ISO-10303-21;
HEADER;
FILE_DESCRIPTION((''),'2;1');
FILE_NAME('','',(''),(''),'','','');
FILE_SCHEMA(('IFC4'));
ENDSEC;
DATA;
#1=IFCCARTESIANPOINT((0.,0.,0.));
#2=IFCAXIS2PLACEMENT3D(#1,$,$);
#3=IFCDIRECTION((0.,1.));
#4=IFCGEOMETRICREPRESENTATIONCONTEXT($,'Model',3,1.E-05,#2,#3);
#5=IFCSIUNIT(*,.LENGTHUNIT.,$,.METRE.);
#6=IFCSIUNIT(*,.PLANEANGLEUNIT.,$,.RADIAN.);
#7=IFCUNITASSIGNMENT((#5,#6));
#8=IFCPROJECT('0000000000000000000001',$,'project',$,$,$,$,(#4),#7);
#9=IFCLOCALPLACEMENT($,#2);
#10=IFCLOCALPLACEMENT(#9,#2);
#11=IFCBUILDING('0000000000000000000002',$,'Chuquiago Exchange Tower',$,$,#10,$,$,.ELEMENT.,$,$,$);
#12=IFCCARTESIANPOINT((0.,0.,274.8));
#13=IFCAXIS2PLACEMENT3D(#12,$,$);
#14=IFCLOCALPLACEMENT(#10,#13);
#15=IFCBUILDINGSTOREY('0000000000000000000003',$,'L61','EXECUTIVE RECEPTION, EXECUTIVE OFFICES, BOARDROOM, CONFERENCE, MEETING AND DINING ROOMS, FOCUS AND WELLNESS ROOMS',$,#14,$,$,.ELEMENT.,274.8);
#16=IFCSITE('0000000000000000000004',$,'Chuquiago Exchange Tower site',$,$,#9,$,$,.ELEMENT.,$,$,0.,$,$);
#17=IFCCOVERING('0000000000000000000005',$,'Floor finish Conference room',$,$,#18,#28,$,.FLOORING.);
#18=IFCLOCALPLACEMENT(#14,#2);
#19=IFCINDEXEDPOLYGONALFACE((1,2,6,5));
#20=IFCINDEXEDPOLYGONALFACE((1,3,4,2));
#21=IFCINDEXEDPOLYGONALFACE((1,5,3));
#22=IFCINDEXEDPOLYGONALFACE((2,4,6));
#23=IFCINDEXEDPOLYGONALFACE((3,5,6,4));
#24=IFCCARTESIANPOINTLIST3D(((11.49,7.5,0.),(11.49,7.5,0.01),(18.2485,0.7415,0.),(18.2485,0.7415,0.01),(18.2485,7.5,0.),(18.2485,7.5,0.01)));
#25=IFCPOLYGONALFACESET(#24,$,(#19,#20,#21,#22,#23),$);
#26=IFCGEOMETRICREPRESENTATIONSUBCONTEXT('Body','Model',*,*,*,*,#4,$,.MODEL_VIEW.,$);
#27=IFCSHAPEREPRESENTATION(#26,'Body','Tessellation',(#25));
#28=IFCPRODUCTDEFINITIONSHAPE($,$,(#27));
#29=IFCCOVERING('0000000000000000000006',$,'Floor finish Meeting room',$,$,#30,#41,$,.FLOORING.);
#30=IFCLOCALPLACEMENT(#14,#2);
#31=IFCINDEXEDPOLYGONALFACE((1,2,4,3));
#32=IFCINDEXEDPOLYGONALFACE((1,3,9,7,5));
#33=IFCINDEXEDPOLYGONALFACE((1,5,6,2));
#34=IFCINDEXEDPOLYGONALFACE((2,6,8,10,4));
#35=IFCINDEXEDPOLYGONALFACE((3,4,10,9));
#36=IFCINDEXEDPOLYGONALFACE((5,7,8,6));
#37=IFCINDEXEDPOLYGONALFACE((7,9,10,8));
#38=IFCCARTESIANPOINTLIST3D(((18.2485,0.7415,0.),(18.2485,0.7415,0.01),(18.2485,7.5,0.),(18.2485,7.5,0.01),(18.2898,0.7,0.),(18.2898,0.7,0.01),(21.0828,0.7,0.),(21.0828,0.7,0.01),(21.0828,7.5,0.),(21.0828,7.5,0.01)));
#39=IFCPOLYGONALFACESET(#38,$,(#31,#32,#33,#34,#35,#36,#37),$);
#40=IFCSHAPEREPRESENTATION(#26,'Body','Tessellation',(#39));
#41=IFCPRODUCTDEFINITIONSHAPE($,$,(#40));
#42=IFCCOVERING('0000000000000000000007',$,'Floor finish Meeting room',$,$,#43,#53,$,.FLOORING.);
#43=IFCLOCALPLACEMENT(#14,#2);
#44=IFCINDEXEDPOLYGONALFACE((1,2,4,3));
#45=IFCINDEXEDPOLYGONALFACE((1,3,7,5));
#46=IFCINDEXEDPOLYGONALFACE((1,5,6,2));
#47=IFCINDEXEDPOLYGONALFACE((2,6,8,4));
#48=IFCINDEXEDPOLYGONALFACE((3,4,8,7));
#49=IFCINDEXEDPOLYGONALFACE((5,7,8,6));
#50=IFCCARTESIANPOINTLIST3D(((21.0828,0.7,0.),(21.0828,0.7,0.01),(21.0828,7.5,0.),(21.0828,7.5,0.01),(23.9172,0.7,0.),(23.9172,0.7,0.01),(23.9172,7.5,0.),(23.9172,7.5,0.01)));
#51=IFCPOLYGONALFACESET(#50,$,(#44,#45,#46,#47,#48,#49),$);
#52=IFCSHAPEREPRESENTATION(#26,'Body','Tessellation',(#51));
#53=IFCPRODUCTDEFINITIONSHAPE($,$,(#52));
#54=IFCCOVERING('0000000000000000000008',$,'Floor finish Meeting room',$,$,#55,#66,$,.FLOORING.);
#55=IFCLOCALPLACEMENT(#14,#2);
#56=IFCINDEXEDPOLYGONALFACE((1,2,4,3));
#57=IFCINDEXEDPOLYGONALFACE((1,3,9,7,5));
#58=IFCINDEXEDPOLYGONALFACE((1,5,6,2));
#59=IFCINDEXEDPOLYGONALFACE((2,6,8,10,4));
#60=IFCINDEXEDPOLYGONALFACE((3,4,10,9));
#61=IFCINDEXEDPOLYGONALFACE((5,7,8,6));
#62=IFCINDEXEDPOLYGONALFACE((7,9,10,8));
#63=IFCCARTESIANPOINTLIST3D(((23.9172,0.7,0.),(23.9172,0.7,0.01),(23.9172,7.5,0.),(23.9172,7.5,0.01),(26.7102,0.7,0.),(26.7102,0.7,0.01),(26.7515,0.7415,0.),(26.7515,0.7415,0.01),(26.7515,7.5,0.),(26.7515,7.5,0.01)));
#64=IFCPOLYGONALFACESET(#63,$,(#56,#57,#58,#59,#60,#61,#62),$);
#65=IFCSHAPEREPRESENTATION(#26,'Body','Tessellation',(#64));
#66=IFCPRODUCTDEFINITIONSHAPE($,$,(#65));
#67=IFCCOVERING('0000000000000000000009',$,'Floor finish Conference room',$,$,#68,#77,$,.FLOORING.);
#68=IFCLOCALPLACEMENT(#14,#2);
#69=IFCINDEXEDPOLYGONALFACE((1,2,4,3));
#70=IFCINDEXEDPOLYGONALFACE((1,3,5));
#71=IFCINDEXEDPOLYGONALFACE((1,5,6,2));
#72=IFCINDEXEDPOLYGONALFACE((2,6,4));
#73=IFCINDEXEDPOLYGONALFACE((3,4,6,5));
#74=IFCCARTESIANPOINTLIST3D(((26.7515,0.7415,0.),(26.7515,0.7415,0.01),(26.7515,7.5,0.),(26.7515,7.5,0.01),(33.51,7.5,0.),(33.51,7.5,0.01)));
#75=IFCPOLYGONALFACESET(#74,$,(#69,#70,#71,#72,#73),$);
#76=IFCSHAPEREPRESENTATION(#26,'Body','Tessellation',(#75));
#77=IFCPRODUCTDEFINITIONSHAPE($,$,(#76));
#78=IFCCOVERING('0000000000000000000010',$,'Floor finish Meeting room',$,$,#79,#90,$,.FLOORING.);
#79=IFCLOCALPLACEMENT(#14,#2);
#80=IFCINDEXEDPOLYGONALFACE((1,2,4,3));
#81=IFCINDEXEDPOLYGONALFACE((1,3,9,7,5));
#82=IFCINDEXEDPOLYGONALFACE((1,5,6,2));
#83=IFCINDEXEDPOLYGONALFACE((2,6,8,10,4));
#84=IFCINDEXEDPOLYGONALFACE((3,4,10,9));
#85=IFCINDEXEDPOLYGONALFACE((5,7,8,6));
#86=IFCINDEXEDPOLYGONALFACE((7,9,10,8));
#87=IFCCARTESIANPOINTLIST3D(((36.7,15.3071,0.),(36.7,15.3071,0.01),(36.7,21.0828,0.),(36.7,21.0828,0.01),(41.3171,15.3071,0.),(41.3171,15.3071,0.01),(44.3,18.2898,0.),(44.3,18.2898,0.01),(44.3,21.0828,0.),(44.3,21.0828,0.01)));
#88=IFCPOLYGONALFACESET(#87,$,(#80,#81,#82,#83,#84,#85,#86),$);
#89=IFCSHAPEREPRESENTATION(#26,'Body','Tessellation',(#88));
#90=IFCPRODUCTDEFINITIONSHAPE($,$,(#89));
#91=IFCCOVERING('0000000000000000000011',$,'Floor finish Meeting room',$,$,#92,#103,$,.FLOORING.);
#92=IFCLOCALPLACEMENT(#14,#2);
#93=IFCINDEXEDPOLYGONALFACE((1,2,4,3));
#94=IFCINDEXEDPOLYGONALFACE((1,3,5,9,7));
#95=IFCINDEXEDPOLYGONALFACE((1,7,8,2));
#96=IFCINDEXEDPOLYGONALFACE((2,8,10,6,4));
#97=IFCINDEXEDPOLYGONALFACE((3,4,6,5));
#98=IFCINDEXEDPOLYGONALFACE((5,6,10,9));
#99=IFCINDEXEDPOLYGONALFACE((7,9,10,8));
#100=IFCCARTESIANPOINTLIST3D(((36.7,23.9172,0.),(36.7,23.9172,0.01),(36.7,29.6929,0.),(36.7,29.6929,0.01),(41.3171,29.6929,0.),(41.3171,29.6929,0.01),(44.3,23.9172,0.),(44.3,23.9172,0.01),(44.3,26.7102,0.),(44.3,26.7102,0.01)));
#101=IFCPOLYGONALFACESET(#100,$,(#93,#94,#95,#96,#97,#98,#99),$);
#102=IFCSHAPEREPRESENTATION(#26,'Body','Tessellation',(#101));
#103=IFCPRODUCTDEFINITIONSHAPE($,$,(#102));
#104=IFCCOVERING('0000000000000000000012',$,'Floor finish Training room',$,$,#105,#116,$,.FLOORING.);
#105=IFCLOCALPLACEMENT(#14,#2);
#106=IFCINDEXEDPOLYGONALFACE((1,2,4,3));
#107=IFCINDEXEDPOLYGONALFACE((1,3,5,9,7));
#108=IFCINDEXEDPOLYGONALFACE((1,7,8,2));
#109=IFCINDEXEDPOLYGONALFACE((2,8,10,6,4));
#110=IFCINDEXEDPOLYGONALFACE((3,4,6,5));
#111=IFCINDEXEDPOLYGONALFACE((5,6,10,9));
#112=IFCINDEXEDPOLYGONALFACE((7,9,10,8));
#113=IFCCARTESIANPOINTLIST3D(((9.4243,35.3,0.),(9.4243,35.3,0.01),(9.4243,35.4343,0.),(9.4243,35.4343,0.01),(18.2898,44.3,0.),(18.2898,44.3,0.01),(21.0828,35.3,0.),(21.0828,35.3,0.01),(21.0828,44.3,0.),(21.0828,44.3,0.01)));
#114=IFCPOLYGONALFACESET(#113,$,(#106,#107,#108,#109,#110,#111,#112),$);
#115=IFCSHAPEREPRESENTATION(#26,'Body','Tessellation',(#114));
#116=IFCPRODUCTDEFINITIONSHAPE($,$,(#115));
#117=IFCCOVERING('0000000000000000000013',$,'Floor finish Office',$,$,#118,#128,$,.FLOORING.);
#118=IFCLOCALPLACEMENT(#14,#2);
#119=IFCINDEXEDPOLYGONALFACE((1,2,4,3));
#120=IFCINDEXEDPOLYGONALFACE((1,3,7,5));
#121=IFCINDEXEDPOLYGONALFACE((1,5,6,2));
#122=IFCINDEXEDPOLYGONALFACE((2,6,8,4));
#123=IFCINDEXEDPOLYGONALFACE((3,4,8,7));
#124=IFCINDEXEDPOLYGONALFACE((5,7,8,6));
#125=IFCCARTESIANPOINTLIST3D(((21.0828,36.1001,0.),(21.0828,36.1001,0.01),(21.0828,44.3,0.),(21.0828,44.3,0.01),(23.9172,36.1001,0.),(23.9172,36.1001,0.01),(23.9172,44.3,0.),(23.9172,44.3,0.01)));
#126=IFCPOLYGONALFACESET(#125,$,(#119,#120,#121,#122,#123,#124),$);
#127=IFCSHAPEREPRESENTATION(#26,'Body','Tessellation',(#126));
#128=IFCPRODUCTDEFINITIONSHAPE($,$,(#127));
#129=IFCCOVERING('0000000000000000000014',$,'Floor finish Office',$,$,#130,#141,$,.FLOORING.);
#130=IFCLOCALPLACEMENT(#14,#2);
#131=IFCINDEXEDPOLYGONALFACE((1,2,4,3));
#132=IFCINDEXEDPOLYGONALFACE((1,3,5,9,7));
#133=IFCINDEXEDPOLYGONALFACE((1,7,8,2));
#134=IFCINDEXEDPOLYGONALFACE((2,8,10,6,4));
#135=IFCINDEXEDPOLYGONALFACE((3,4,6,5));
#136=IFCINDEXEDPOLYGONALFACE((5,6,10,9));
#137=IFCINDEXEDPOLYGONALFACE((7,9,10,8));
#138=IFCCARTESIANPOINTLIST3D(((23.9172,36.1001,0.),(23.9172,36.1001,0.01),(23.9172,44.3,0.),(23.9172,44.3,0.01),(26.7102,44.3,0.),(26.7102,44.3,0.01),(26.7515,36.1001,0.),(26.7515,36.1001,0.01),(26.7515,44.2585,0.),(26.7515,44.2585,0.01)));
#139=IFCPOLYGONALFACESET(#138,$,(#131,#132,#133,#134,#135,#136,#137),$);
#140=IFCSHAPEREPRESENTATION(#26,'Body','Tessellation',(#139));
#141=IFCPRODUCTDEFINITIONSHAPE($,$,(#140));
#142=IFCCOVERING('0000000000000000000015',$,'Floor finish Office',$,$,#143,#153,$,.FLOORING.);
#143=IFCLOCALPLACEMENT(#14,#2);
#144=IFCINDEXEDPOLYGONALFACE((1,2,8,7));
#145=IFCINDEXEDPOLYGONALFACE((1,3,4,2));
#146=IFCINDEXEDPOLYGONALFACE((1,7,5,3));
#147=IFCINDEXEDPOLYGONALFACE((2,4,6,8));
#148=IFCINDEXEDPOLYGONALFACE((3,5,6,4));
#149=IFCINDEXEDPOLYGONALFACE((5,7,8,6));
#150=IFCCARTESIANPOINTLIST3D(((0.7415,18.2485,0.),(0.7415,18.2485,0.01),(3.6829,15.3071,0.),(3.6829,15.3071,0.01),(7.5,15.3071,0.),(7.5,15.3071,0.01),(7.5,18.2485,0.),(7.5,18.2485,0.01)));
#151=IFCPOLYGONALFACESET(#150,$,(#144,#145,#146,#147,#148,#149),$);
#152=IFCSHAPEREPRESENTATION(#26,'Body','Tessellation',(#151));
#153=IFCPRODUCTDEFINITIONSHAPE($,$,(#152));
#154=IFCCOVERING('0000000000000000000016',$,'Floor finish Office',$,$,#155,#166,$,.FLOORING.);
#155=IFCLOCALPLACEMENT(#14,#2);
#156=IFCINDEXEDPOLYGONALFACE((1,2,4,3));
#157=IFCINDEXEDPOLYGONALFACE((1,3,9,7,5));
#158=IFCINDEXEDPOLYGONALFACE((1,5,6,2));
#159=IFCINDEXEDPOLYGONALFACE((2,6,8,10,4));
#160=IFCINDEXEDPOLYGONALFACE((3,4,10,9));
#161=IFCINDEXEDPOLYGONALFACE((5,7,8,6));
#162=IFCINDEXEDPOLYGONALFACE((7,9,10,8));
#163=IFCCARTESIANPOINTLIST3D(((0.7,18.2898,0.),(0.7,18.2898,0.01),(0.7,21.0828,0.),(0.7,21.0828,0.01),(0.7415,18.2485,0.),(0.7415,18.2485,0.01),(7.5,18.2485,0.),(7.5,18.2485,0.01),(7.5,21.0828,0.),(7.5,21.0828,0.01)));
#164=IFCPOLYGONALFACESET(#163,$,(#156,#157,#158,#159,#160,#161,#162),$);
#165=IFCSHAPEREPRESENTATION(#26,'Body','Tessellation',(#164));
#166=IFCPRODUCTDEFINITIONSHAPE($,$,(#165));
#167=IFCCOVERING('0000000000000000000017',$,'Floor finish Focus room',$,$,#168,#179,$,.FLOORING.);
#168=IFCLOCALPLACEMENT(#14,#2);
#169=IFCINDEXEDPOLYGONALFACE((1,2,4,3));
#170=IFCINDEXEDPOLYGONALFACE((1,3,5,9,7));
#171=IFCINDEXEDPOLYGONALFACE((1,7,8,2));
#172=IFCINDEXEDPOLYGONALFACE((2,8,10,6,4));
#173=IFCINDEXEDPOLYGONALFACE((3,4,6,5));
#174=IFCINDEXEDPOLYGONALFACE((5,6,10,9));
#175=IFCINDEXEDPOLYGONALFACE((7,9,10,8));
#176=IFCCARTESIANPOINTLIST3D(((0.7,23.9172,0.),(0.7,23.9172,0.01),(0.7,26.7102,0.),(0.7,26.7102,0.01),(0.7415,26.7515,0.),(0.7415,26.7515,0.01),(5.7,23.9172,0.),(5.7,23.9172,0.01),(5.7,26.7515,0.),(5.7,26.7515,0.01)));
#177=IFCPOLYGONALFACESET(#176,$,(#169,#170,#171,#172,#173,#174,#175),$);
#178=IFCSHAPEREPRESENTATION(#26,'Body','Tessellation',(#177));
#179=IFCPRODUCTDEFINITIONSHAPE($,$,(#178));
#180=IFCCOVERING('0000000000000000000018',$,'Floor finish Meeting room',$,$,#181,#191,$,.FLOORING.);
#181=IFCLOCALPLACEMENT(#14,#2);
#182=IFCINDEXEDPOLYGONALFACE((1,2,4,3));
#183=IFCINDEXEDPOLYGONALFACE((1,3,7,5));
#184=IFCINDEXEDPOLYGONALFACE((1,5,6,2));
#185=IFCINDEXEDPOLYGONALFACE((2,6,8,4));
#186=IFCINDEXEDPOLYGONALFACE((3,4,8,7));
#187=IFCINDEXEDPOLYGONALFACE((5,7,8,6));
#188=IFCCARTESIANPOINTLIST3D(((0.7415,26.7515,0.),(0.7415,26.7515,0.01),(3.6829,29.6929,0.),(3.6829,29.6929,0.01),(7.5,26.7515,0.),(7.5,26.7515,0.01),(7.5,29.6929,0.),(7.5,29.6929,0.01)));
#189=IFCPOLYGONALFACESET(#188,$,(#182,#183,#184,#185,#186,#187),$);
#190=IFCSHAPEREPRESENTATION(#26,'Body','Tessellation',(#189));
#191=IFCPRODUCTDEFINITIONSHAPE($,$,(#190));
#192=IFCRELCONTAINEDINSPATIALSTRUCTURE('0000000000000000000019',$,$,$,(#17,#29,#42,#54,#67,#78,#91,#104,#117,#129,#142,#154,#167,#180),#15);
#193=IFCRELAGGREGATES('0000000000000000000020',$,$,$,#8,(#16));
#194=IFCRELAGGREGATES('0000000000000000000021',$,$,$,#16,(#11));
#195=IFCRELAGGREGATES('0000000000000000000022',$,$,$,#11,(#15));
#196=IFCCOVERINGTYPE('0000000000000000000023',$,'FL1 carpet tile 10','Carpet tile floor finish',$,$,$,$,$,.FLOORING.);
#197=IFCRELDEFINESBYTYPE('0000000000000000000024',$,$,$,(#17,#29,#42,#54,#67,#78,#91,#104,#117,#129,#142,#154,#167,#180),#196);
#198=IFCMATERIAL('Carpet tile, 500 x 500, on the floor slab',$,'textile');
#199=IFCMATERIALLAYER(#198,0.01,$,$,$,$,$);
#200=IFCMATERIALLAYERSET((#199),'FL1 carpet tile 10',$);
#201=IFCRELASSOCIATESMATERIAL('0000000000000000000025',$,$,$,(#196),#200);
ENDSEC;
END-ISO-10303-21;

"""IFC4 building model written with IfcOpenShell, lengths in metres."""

from ifc_helpers import new_model, si_unit, direction, frame, origin, place, context, subcontext, project, spatial, polyline, outline, extrude, material, layer, layer_set, type_object, element, save


model = new_model("IFC4")

# Units and contexts
model_context = context("Model", 3, precision=1e-05, world=origin(), true_north=direction((0.0, 1.0)))
body_context = subcontext(model_context, "Body", "Model", "MODEL_VIEW")
ifc_project = project(units=[si_unit("LENGTHUNIT", "METRE"), si_unit("PLANEANGLEUNIT", "RADIAN")], contexts=[model_context])

# Site, building, storey
site_placement = place(None, origin())
site = spatial("IfcSite", under=ifc_project, at=site_placement, Name="Chuquiago Exchange Tower site", CompositionType="ELEMENT", RefElevation=0.0)
building_placement = place(site_placement, origin())
building = spatial("IfcBuilding", under=site, at=building_placement, Name="Chuquiago Exchange Tower", CompositionType="ELEMENT")
storey_placement = place(building_placement, frame((0.0, 0.0, 274.8)))
storey = spatial("IfcBuildingStorey", under=building, at=storey_placement, Name="L61", Description="EXECUTIVE RECEPTION, EXECUTIVE OFFICES, BOARDROOM, CONFERENCE, MEETING AND DINING ROOMS, FOCUS AND WELLNESS ROOMS", CompositionType="ELEMENT", Elevation=274.8)

# Coverings
ifc_material_1 = material(Name="Carpet tile, 500 x 500, on the floor slab", Category="textile")
ifc_layer_1 = layer(ifc_material_1, 0.01)
ifc_layer_set_1 = layer_set([ifc_layer_1], Name="FL1 carpet tile 10")
covering_type_1 = type_object("IfcCoveringType", Name="FL1 carpet tile 10", Description="Carpet tile floor finish", PredefinedType="FLOORING", material=ifc_layer_set_1)
covering_1_placement = place(storey_placement, origin())
element("IfcCovering", 1, at=covering_1_placement, inside=storey, type_object=covering_type_1, Name="Floor finish Conference room", PredefinedType="FLOORING", context=body_context, shape_type="SweptSolid", body=[
    extrude(outline(polyline([(11.49, 7.5), (18.2485, 7.5), (18.2485, 0.7415), (11.49, 7.5)])), origin(), (0.0, 0.0, 1.0), 0.01),
])
covering_2_placement = place(storey_placement, origin())
element("IfcCovering", 2, at=covering_2_placement, inside=storey, type_object=covering_type_1, Name="Floor finish Meeting room", PredefinedType="FLOORING", context=body_context, shape_type="SweptSolid", body=[
    extrude(outline(polyline([(18.2898, 0.7), (18.2485, 0.7415), (18.2485, 7.5), (21.0828, 7.5), (21.0828, 0.7), (18.2898, 0.7)])), origin(), (0.0, 0.0, 1.0), 0.01),
])
covering_3_placement = place(storey_placement, origin())
element("IfcCovering", 3, at=covering_3_placement, inside=storey, type_object=covering_type_1, Name="Floor finish Meeting room", PredefinedType="FLOORING", context=body_context, shape_type="SweptSolid", body=[
    extrude(outline(polyline([(21.0828, 0.7), (21.0828, 7.5), (23.9172, 7.5), (23.9172, 0.7), (21.0828, 0.7)])), origin(), (0.0, 0.0, 1.0), 0.01),
])
covering_4_placement = place(storey_placement, origin())
element("IfcCovering", 4, at=covering_4_placement, inside=storey, type_object=covering_type_1, Name="Floor finish Meeting room", PredefinedType="FLOORING", context=body_context, shape_type="SweptSolid", body=[
    extrude(outline(polyline([(26.7102, 0.7), (23.9172, 0.7), (23.9172, 7.5), (26.7515, 7.5), (26.7515, 0.7415), (26.7102, 0.7)])), origin(), (0.0, 0.0, 1.0), 0.01),
])
covering_5_placement = place(storey_placement, origin())
element("IfcCovering", 5, at=covering_5_placement, inside=storey, type_object=covering_type_1, Name="Floor finish Conference room", PredefinedType="FLOORING", context=body_context, shape_type="SweptSolid", body=[
    extrude(outline(polyline([(26.7515, 0.7415), (26.7515, 7.5), (33.51, 7.5), (26.7515, 0.7415)])), origin(), (0.0, 0.0, 1.0), 0.01),
])
covering_6_placement = place(storey_placement, origin())
element("IfcCovering", 6, at=covering_6_placement, inside=storey, type_object=covering_type_1, Name="Floor finish Meeting room", PredefinedType="FLOORING", context=body_context, shape_type="SweptSolid", body=[
    extrude(outline(polyline([(44.3, 18.2898), (41.3171, 15.3071), (36.7, 15.3071), (36.7, 21.0828), (44.3, 21.0828), (44.3, 18.2898)])), origin(), (0.0, 0.0, 1.0), 0.01),
])
covering_7_placement = place(storey_placement, origin())
element("IfcCovering", 7, at=covering_7_placement, inside=storey, type_object=covering_type_1, Name="Floor finish Meeting room", PredefinedType="FLOORING", context=body_context, shape_type="SweptSolid", body=[
    extrude(outline(polyline([(44.3, 26.7102), (44.3, 23.9172), (36.7, 23.9172), (36.7, 29.6929), (41.3171, 29.6929), (44.3, 26.7102)])), origin(), (0.0, 0.0, 1.0), 0.01),
])
covering_8_placement = place(storey_placement, origin())
element("IfcCovering", 8, at=covering_8_placement, inside=storey, type_object=covering_type_1, Name="Floor finish Training room", PredefinedType="FLOORING", context=body_context, shape_type="SweptSolid", body=[
    extrude(outline(polyline([(18.2898, 44.3), (21.0828, 44.3), (21.0828, 35.3), (9.4243, 35.3), (9.4243, 35.4343), (18.2898, 44.3)])), origin(), (0.0, 0.0, 1.0), 0.01),
])
covering_9_placement = place(storey_placement, origin())
element("IfcCovering", 9, at=covering_9_placement, inside=storey, type_object=covering_type_1, Name="Floor finish Office", PredefinedType="FLOORING", context=body_context, shape_type="SweptSolid", body=[
    extrude(outline(polyline([(23.9172, 44.3), (23.9172, 36.1001), (21.0828, 36.1001), (21.0828, 44.3), (23.9172, 44.3)])), origin(), (0.0, 0.0, 1.0), 0.01),
])
covering_10_placement = place(storey_placement, origin())
element("IfcCovering", 10, at=covering_10_placement, inside=storey, type_object=covering_type_1, Name="Floor finish Office", PredefinedType="FLOORING", context=body_context, shape_type="SweptSolid", body=[
    extrude(outline(polyline([(26.7102, 44.3), (26.7515, 44.2585), (26.7515, 36.1001), (23.9172, 36.1001), (23.9172, 44.3), (26.7102, 44.3)])), origin(), (0.0, 0.0, 1.0), 0.01),
])
covering_11_placement = place(storey_placement, origin())
element("IfcCovering", 11, at=covering_11_placement, inside=storey, type_object=covering_type_1, Name="Floor finish Office", PredefinedType="FLOORING", context=body_context, shape_type="SweptSolid", body=[
    extrude(outline(polyline([(0.7415, 18.2485), (7.5, 18.2485), (7.5, 15.3071), (3.6829, 15.3071), (0.7415, 18.2485)])), origin(), (0.0, 0.0, 1.0), 0.01),
])
covering_12_placement = place(storey_placement, origin())
element("IfcCovering", 12, at=covering_12_placement, inside=storey, type_object=covering_type_1, Name="Floor finish Office", PredefinedType="FLOORING", context=body_context, shape_type="SweptSolid", body=[
    extrude(outline(polyline([(0.7, 21.0828), (7.5, 21.0828), (7.5, 18.2485), (0.7415, 18.2485), (0.7, 18.2898), (0.7, 21.0828)])), origin(), (0.0, 0.0, 1.0), 0.01),
])
covering_13_placement = place(storey_placement, origin())
element("IfcCovering", 13, at=covering_13_placement, inside=storey, type_object=covering_type_1, Name="Floor finish Focus room", PredefinedType="FLOORING", context=body_context, shape_type="SweptSolid", body=[
    extrude(outline(polyline([(0.7, 26.7102), (0.7415, 26.7515), (5.7, 26.7515), (5.7, 23.9172), (0.7, 23.9172), (0.7, 26.7102)])), origin(), (0.0, 0.0, 1.0), 0.01),
])
covering_14_placement = place(storey_placement, origin())
element("IfcCovering", 14, at=covering_14_placement, inside=storey, type_object=covering_type_1, Name="Floor finish Meeting room", PredefinedType="FLOORING", context=body_context, shape_type="SweptSolid", body=[
    extrude(outline(polyline([(3.6829, 29.6929), (7.5, 29.6929), (7.5, 26.7515), (0.7415, 26.7515), (3.6829, 29.6929)])), origin(), (0.0, 0.0, 1.0), 0.01),
])

save(model, "model.ifc")
